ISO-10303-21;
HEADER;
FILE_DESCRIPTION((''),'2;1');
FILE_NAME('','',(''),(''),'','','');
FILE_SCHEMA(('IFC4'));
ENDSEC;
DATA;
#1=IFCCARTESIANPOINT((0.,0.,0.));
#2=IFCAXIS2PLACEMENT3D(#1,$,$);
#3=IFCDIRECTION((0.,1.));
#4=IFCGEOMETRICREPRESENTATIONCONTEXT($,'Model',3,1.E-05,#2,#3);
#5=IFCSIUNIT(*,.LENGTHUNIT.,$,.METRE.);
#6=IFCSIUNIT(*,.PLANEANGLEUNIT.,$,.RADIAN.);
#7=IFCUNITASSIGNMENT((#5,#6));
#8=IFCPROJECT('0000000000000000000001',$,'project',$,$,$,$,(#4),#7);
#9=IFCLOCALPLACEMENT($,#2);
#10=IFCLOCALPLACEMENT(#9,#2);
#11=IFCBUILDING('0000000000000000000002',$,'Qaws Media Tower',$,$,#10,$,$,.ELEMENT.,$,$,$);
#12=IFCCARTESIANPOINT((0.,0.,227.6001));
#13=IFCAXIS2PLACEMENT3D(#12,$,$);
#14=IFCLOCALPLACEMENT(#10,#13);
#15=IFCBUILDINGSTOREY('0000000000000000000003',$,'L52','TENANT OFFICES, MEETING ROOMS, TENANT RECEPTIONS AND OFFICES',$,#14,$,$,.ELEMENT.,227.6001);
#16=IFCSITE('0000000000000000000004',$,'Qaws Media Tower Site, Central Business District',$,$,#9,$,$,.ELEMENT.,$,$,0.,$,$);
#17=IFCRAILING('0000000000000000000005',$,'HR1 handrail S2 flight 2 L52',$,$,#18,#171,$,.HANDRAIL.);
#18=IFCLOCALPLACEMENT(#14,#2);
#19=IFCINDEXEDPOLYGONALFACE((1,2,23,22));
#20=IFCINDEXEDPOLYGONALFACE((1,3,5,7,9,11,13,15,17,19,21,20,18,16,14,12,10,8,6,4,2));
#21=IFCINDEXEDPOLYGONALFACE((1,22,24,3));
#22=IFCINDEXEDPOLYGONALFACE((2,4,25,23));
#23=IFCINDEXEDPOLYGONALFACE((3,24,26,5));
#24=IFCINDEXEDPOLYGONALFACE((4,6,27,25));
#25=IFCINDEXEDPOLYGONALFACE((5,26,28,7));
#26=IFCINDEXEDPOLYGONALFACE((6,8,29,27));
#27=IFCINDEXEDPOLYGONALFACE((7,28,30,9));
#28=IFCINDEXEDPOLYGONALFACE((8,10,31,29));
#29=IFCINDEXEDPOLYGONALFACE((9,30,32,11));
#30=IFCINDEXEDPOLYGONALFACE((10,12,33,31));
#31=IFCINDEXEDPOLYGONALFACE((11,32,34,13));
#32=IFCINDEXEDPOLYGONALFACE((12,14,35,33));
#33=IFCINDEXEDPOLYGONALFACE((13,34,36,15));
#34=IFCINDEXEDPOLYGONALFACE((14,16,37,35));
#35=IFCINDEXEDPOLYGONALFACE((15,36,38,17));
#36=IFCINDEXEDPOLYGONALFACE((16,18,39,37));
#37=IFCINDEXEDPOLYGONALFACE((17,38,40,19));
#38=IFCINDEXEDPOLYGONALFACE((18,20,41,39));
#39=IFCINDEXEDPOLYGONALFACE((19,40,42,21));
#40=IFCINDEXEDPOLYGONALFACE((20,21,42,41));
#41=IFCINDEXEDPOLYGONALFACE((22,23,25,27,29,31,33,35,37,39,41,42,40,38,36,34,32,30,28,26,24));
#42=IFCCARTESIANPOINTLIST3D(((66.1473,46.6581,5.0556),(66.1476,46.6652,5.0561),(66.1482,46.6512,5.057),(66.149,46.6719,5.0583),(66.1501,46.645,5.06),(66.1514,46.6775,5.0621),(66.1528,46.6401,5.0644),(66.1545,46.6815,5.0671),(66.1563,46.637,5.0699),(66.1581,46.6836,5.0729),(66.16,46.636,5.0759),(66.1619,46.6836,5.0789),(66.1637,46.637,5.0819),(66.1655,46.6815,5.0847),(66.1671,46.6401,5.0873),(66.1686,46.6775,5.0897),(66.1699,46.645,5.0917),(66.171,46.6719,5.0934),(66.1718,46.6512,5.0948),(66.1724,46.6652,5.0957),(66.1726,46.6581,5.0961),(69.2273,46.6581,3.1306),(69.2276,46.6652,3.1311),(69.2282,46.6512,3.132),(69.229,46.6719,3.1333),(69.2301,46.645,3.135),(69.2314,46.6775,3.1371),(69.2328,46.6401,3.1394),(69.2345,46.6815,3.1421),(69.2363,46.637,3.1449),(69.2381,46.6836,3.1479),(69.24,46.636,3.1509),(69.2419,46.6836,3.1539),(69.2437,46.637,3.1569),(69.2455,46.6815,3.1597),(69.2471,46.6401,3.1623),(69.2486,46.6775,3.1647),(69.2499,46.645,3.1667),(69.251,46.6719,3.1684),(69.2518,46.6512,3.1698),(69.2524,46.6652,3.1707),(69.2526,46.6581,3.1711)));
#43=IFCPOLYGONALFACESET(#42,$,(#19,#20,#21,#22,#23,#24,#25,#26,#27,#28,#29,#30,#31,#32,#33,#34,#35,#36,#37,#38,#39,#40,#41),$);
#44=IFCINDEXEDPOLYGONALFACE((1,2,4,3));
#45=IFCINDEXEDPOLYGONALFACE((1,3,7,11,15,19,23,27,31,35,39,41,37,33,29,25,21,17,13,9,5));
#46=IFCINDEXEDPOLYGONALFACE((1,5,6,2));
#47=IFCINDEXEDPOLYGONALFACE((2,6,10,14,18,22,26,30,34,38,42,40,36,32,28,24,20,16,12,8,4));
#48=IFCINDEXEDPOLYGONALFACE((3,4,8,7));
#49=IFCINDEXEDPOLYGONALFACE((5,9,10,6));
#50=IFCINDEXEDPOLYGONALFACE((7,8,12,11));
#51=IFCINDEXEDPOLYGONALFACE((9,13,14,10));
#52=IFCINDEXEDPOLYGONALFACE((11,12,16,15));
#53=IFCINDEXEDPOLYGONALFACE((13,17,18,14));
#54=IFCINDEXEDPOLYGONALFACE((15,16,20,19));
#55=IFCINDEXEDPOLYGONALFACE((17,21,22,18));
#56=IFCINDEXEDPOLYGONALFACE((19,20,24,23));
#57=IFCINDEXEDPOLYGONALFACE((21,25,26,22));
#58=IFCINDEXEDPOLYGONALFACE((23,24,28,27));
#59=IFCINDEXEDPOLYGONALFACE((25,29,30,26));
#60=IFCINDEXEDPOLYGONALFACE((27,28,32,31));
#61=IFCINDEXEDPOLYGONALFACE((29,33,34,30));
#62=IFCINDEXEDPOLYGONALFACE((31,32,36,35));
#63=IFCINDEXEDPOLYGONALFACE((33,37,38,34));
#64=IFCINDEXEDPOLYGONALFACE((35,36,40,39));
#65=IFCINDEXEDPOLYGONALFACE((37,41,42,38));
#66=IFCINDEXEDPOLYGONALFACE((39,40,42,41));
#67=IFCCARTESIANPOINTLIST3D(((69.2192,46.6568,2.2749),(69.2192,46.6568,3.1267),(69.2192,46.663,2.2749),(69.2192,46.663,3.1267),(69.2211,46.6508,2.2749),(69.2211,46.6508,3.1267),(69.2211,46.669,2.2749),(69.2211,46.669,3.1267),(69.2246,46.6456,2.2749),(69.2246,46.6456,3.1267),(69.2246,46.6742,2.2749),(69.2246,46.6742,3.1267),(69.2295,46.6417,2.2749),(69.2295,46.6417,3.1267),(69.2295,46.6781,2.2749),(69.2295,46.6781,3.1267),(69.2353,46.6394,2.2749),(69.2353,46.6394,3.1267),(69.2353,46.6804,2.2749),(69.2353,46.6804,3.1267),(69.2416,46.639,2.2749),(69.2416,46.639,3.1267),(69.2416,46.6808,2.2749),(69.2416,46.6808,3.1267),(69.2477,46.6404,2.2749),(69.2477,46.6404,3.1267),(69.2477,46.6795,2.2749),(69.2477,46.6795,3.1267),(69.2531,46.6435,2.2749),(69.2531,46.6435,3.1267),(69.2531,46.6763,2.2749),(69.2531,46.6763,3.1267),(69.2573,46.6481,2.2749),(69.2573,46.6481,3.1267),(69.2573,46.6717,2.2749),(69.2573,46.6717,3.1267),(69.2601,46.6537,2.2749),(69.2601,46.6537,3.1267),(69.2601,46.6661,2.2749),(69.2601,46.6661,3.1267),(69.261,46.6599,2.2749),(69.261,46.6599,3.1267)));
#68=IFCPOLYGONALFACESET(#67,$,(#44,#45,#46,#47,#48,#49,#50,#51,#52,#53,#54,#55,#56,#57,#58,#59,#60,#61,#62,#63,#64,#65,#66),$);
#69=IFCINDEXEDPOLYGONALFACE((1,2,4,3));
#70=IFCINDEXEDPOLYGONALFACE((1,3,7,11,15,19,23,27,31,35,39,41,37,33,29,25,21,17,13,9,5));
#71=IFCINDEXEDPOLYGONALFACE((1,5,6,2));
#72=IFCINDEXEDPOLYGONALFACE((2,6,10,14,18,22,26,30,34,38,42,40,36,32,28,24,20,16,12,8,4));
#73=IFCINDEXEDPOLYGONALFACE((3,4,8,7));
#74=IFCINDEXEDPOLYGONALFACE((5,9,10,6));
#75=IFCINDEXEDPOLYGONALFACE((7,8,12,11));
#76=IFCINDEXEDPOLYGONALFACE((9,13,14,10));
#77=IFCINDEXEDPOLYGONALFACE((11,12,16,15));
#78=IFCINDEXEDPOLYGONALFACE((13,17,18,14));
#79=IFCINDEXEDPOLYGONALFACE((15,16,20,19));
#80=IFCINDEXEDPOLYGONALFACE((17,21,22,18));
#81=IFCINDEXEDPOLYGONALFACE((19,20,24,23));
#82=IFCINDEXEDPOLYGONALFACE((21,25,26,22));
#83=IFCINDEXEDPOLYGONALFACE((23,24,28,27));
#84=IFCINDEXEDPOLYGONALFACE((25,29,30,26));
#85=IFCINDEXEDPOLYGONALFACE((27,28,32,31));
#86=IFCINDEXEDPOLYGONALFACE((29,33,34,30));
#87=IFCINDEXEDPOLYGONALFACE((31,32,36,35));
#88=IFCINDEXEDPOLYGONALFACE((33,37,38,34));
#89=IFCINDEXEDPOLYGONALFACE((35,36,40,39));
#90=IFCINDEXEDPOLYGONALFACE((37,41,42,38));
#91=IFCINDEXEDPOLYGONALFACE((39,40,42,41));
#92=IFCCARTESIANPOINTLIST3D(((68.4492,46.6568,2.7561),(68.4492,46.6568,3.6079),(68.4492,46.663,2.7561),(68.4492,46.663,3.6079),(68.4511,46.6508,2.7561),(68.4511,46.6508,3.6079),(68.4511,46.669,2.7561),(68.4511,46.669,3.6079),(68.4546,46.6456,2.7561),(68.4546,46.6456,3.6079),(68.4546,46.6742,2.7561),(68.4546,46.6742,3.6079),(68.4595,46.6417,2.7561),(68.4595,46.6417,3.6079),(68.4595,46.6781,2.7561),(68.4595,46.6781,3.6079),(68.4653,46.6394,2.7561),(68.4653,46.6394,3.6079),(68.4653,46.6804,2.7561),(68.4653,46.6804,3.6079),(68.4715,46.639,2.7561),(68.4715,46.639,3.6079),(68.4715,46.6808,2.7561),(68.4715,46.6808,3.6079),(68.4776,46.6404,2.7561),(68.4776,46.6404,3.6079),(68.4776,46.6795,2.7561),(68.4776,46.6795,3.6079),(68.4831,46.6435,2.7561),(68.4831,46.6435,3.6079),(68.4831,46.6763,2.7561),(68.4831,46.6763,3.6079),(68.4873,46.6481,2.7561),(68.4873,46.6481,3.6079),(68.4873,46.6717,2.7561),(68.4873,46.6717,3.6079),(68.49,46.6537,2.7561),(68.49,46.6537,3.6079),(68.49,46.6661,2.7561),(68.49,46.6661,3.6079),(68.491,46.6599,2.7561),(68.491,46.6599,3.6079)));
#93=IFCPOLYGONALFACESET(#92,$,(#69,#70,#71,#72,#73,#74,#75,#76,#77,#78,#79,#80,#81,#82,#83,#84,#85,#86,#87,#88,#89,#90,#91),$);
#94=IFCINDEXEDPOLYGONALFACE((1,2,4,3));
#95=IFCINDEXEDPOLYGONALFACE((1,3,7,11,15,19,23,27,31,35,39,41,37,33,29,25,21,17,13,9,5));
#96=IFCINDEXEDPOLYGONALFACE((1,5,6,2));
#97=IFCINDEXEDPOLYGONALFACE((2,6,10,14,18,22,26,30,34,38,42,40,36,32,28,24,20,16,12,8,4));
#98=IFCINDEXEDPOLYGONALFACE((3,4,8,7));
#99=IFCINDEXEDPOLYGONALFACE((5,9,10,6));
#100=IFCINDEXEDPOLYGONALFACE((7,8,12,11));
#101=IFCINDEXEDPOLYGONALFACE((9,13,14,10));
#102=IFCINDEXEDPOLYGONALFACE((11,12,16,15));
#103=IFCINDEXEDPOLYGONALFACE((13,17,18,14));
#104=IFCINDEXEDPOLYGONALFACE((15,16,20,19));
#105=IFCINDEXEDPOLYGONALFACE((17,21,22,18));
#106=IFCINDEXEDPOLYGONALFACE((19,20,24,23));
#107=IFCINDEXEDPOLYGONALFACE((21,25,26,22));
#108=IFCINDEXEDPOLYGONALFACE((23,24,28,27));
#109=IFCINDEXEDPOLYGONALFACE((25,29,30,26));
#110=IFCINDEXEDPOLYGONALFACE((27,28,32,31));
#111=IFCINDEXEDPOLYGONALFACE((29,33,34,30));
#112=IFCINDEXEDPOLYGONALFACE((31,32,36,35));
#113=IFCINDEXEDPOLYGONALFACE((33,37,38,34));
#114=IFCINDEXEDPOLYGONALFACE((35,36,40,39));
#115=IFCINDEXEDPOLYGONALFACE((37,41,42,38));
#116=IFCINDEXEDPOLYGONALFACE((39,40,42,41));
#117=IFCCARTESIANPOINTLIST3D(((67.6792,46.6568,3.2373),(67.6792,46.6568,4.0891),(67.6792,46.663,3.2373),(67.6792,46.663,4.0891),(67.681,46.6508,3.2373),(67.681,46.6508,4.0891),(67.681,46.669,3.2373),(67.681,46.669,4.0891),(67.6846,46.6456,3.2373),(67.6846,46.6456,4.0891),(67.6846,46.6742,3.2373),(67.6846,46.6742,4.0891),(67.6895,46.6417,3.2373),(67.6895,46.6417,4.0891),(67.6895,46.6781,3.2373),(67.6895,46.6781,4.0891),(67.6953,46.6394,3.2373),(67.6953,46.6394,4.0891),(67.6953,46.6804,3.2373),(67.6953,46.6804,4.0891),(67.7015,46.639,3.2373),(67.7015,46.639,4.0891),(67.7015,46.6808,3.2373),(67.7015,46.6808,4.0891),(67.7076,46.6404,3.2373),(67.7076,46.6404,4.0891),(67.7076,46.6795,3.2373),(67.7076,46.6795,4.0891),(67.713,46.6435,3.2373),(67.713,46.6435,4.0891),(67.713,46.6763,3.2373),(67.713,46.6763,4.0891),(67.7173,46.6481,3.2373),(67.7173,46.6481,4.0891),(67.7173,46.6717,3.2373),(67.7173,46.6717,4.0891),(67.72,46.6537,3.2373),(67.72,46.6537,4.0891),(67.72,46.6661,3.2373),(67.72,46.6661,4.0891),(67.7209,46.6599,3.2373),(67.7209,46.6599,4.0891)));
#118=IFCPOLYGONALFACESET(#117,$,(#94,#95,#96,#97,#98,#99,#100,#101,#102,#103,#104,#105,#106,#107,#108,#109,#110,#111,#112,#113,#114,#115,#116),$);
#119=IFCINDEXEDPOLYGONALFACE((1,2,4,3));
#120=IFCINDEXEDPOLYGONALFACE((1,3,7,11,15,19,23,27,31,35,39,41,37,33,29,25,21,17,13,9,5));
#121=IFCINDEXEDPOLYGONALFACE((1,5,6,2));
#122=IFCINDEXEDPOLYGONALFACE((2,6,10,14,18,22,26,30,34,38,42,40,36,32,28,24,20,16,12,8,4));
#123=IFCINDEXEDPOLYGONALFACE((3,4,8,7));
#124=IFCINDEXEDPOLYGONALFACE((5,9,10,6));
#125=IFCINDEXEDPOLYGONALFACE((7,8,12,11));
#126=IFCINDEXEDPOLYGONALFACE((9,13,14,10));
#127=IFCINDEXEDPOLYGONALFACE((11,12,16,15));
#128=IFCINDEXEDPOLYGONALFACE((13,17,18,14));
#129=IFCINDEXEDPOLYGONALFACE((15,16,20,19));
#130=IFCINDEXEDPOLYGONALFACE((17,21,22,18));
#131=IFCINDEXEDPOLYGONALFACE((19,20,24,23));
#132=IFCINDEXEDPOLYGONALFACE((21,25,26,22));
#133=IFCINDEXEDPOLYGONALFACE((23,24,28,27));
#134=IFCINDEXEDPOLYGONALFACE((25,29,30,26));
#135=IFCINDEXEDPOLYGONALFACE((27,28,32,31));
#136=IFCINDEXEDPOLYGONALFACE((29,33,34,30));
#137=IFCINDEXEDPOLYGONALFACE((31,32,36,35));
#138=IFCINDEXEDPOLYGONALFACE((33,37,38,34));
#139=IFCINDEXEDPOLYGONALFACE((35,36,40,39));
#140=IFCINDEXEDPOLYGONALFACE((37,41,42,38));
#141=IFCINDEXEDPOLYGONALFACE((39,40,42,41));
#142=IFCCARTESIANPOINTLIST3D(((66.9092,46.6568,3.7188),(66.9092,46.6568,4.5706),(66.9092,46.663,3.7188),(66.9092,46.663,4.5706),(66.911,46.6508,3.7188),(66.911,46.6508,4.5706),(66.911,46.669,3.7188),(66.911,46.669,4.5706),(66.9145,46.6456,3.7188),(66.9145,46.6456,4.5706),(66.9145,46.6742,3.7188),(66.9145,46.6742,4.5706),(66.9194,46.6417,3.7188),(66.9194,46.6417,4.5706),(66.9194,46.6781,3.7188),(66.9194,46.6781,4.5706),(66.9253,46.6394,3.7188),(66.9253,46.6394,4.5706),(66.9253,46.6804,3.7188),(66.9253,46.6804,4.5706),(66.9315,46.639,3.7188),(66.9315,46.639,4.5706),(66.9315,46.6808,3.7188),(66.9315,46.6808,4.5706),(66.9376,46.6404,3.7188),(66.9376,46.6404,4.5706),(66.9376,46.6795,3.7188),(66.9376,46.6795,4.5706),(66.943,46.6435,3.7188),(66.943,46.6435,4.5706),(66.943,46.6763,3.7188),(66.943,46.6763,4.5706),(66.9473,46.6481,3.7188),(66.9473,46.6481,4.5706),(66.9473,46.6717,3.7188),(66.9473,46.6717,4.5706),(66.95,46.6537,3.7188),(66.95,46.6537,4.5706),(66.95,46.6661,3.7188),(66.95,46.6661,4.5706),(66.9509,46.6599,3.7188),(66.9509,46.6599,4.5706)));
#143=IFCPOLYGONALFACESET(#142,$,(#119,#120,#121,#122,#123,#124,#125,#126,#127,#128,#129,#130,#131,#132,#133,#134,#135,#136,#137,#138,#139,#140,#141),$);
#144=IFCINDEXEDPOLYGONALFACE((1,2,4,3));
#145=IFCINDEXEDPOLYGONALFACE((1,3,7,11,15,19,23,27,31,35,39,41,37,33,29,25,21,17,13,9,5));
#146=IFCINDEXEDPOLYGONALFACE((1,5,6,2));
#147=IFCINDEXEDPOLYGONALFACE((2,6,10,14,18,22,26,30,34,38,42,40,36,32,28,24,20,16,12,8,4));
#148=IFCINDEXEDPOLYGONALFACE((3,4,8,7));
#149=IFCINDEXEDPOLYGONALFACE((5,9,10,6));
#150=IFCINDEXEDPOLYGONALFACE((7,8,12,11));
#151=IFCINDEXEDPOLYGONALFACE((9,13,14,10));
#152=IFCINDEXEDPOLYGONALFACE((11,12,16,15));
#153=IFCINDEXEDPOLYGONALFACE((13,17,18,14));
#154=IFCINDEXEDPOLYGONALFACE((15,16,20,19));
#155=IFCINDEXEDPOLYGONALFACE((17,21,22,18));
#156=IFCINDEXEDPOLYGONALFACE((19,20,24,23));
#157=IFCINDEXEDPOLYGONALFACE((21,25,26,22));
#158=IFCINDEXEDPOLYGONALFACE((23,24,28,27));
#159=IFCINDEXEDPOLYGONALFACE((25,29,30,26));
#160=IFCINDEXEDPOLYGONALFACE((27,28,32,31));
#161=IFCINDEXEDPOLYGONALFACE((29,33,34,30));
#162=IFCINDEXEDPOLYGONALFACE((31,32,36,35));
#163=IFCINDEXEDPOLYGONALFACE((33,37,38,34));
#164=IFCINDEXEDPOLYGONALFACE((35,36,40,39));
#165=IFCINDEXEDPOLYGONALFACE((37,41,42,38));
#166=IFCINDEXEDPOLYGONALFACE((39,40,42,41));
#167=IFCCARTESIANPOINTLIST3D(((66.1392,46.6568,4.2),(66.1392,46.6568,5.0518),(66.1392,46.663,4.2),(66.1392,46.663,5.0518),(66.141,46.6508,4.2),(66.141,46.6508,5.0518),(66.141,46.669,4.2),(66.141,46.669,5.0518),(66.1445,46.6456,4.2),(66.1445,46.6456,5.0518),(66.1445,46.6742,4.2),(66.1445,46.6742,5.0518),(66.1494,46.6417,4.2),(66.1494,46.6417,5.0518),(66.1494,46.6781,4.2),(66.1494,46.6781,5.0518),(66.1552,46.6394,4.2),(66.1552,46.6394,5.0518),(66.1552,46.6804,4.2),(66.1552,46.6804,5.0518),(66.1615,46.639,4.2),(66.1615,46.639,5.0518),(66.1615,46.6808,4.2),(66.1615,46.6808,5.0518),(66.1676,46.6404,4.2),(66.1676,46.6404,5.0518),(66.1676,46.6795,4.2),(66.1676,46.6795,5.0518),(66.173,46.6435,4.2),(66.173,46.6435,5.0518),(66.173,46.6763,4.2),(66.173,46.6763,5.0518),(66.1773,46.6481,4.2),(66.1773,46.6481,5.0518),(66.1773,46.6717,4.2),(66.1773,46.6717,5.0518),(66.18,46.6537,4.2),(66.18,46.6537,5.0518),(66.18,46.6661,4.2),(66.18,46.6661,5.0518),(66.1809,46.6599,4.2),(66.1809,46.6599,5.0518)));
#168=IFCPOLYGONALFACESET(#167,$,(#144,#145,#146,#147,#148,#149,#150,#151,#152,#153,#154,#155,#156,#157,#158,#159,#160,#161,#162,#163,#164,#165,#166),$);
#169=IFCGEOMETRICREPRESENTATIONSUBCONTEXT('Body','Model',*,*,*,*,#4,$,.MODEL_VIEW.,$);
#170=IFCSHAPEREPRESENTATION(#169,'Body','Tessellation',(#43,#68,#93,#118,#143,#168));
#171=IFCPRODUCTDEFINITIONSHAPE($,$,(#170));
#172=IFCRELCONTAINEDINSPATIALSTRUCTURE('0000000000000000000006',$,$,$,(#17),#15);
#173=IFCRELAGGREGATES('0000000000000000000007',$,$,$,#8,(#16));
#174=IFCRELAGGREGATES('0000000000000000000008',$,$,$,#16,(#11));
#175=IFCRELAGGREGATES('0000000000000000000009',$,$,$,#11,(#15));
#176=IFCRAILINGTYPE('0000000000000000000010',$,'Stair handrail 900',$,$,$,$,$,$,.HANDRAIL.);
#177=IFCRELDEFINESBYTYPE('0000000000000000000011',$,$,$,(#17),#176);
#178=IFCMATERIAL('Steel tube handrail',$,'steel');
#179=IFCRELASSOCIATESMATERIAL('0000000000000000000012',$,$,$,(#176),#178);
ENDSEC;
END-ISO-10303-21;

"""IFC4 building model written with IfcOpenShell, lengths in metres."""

from ifc_helpers import new_model, si_unit, direction, frame, origin, origin_2d, place, context, subcontext, project, spatial, circle, extrude, material, type_object, element, save


model = new_model("IFC4")

# Units and contexts
model_context = context("Model", 3, precision=1e-05, world=origin(), true_north=direction((0.0, 1.0)))
body_context = subcontext(model_context, "Body", "Model", "MODEL_VIEW")
ifc_project = project(units=[si_unit("LENGTHUNIT", "METRE"), si_unit("PLANEANGLEUNIT", "RADIAN")], contexts=[model_context])

# Site, building, storey
site_placement = place(None, origin())
site = spatial("IfcSite", under=ifc_project, at=site_placement, Name="Qaws Media Tower Site, Central Business District", CompositionType="ELEMENT", RefElevation=0.0)
building_placement = place(site_placement, origin())
building = spatial("IfcBuilding", under=site, at=building_placement, Name="Qaws Media Tower", CompositionType="ELEMENT")
storey_placement = place(building_placement, frame((0.0, 0.0, 227.6001)))
storey = spatial("IfcBuildingStorey", under=building, at=storey_placement, Name="L52", Description="TENANT OFFICES, MEETING ROOMS, TENANT RECEPTIONS AND OFFICES", CompositionType="ELEMENT", Elevation=227.6001)

# Railing
ifc_material_1 = material(Name="Steel tube handrail", Category="steel")
railing_type = type_object("IfcRailingType", Name="Stair handrail 900", PredefinedType="HANDRAIL", material=ifc_material_1)
for number, where, name in (
    (1, (69.24, 46.6599, 2.2749), "HR1 handrail S2 flight 2 L52"),
):
    element("IfcRailing", number, at=place(storey_placement, frame(where)), inside=storey, type_object=railing_type, Name=name, PredefinedType="HANDRAIL", context=body_context, shape_type="SweptSolid", body=[
        extrude(circle(Radius=0.0239, at=origin_2d()), frame((0.0, 0.0, 0.876), z_axis=(-0.847998, 0.0, 0.529999), x_axis=(0.0, -1.0, 0.0)), (0.0, 0.0, 1.0), 3.6321),
        extrude(circle(Radius=0.021, at=origin_2d()), origin(), (0.0, 0.0, 1.0), 0.8518),
        extrude(circle(Radius=0.021, at=origin_2d()), frame((-0.77, 0.0, 0.4812)), (0.0, 0.0, 1.0), 0.8518),
        extrude(circle(Radius=0.021, at=origin_2d()), frame((-1.54, 0.0, 0.9624)), (0.0, 0.0, 1.0), 0.8518),
        extrude(circle(Radius=0.021, at=origin_2d()), frame((-2.3101, 0.0, 1.4438)), (0.0, 0.0, 1.0), 0.8518),
        extrude(circle(Radius=0.021, at=origin_2d()), frame((-3.0801, 0.0, 1.925)), (0.0, 0.0, 1.0), 0.8518),
    ])

save(model, "model.ifc")
